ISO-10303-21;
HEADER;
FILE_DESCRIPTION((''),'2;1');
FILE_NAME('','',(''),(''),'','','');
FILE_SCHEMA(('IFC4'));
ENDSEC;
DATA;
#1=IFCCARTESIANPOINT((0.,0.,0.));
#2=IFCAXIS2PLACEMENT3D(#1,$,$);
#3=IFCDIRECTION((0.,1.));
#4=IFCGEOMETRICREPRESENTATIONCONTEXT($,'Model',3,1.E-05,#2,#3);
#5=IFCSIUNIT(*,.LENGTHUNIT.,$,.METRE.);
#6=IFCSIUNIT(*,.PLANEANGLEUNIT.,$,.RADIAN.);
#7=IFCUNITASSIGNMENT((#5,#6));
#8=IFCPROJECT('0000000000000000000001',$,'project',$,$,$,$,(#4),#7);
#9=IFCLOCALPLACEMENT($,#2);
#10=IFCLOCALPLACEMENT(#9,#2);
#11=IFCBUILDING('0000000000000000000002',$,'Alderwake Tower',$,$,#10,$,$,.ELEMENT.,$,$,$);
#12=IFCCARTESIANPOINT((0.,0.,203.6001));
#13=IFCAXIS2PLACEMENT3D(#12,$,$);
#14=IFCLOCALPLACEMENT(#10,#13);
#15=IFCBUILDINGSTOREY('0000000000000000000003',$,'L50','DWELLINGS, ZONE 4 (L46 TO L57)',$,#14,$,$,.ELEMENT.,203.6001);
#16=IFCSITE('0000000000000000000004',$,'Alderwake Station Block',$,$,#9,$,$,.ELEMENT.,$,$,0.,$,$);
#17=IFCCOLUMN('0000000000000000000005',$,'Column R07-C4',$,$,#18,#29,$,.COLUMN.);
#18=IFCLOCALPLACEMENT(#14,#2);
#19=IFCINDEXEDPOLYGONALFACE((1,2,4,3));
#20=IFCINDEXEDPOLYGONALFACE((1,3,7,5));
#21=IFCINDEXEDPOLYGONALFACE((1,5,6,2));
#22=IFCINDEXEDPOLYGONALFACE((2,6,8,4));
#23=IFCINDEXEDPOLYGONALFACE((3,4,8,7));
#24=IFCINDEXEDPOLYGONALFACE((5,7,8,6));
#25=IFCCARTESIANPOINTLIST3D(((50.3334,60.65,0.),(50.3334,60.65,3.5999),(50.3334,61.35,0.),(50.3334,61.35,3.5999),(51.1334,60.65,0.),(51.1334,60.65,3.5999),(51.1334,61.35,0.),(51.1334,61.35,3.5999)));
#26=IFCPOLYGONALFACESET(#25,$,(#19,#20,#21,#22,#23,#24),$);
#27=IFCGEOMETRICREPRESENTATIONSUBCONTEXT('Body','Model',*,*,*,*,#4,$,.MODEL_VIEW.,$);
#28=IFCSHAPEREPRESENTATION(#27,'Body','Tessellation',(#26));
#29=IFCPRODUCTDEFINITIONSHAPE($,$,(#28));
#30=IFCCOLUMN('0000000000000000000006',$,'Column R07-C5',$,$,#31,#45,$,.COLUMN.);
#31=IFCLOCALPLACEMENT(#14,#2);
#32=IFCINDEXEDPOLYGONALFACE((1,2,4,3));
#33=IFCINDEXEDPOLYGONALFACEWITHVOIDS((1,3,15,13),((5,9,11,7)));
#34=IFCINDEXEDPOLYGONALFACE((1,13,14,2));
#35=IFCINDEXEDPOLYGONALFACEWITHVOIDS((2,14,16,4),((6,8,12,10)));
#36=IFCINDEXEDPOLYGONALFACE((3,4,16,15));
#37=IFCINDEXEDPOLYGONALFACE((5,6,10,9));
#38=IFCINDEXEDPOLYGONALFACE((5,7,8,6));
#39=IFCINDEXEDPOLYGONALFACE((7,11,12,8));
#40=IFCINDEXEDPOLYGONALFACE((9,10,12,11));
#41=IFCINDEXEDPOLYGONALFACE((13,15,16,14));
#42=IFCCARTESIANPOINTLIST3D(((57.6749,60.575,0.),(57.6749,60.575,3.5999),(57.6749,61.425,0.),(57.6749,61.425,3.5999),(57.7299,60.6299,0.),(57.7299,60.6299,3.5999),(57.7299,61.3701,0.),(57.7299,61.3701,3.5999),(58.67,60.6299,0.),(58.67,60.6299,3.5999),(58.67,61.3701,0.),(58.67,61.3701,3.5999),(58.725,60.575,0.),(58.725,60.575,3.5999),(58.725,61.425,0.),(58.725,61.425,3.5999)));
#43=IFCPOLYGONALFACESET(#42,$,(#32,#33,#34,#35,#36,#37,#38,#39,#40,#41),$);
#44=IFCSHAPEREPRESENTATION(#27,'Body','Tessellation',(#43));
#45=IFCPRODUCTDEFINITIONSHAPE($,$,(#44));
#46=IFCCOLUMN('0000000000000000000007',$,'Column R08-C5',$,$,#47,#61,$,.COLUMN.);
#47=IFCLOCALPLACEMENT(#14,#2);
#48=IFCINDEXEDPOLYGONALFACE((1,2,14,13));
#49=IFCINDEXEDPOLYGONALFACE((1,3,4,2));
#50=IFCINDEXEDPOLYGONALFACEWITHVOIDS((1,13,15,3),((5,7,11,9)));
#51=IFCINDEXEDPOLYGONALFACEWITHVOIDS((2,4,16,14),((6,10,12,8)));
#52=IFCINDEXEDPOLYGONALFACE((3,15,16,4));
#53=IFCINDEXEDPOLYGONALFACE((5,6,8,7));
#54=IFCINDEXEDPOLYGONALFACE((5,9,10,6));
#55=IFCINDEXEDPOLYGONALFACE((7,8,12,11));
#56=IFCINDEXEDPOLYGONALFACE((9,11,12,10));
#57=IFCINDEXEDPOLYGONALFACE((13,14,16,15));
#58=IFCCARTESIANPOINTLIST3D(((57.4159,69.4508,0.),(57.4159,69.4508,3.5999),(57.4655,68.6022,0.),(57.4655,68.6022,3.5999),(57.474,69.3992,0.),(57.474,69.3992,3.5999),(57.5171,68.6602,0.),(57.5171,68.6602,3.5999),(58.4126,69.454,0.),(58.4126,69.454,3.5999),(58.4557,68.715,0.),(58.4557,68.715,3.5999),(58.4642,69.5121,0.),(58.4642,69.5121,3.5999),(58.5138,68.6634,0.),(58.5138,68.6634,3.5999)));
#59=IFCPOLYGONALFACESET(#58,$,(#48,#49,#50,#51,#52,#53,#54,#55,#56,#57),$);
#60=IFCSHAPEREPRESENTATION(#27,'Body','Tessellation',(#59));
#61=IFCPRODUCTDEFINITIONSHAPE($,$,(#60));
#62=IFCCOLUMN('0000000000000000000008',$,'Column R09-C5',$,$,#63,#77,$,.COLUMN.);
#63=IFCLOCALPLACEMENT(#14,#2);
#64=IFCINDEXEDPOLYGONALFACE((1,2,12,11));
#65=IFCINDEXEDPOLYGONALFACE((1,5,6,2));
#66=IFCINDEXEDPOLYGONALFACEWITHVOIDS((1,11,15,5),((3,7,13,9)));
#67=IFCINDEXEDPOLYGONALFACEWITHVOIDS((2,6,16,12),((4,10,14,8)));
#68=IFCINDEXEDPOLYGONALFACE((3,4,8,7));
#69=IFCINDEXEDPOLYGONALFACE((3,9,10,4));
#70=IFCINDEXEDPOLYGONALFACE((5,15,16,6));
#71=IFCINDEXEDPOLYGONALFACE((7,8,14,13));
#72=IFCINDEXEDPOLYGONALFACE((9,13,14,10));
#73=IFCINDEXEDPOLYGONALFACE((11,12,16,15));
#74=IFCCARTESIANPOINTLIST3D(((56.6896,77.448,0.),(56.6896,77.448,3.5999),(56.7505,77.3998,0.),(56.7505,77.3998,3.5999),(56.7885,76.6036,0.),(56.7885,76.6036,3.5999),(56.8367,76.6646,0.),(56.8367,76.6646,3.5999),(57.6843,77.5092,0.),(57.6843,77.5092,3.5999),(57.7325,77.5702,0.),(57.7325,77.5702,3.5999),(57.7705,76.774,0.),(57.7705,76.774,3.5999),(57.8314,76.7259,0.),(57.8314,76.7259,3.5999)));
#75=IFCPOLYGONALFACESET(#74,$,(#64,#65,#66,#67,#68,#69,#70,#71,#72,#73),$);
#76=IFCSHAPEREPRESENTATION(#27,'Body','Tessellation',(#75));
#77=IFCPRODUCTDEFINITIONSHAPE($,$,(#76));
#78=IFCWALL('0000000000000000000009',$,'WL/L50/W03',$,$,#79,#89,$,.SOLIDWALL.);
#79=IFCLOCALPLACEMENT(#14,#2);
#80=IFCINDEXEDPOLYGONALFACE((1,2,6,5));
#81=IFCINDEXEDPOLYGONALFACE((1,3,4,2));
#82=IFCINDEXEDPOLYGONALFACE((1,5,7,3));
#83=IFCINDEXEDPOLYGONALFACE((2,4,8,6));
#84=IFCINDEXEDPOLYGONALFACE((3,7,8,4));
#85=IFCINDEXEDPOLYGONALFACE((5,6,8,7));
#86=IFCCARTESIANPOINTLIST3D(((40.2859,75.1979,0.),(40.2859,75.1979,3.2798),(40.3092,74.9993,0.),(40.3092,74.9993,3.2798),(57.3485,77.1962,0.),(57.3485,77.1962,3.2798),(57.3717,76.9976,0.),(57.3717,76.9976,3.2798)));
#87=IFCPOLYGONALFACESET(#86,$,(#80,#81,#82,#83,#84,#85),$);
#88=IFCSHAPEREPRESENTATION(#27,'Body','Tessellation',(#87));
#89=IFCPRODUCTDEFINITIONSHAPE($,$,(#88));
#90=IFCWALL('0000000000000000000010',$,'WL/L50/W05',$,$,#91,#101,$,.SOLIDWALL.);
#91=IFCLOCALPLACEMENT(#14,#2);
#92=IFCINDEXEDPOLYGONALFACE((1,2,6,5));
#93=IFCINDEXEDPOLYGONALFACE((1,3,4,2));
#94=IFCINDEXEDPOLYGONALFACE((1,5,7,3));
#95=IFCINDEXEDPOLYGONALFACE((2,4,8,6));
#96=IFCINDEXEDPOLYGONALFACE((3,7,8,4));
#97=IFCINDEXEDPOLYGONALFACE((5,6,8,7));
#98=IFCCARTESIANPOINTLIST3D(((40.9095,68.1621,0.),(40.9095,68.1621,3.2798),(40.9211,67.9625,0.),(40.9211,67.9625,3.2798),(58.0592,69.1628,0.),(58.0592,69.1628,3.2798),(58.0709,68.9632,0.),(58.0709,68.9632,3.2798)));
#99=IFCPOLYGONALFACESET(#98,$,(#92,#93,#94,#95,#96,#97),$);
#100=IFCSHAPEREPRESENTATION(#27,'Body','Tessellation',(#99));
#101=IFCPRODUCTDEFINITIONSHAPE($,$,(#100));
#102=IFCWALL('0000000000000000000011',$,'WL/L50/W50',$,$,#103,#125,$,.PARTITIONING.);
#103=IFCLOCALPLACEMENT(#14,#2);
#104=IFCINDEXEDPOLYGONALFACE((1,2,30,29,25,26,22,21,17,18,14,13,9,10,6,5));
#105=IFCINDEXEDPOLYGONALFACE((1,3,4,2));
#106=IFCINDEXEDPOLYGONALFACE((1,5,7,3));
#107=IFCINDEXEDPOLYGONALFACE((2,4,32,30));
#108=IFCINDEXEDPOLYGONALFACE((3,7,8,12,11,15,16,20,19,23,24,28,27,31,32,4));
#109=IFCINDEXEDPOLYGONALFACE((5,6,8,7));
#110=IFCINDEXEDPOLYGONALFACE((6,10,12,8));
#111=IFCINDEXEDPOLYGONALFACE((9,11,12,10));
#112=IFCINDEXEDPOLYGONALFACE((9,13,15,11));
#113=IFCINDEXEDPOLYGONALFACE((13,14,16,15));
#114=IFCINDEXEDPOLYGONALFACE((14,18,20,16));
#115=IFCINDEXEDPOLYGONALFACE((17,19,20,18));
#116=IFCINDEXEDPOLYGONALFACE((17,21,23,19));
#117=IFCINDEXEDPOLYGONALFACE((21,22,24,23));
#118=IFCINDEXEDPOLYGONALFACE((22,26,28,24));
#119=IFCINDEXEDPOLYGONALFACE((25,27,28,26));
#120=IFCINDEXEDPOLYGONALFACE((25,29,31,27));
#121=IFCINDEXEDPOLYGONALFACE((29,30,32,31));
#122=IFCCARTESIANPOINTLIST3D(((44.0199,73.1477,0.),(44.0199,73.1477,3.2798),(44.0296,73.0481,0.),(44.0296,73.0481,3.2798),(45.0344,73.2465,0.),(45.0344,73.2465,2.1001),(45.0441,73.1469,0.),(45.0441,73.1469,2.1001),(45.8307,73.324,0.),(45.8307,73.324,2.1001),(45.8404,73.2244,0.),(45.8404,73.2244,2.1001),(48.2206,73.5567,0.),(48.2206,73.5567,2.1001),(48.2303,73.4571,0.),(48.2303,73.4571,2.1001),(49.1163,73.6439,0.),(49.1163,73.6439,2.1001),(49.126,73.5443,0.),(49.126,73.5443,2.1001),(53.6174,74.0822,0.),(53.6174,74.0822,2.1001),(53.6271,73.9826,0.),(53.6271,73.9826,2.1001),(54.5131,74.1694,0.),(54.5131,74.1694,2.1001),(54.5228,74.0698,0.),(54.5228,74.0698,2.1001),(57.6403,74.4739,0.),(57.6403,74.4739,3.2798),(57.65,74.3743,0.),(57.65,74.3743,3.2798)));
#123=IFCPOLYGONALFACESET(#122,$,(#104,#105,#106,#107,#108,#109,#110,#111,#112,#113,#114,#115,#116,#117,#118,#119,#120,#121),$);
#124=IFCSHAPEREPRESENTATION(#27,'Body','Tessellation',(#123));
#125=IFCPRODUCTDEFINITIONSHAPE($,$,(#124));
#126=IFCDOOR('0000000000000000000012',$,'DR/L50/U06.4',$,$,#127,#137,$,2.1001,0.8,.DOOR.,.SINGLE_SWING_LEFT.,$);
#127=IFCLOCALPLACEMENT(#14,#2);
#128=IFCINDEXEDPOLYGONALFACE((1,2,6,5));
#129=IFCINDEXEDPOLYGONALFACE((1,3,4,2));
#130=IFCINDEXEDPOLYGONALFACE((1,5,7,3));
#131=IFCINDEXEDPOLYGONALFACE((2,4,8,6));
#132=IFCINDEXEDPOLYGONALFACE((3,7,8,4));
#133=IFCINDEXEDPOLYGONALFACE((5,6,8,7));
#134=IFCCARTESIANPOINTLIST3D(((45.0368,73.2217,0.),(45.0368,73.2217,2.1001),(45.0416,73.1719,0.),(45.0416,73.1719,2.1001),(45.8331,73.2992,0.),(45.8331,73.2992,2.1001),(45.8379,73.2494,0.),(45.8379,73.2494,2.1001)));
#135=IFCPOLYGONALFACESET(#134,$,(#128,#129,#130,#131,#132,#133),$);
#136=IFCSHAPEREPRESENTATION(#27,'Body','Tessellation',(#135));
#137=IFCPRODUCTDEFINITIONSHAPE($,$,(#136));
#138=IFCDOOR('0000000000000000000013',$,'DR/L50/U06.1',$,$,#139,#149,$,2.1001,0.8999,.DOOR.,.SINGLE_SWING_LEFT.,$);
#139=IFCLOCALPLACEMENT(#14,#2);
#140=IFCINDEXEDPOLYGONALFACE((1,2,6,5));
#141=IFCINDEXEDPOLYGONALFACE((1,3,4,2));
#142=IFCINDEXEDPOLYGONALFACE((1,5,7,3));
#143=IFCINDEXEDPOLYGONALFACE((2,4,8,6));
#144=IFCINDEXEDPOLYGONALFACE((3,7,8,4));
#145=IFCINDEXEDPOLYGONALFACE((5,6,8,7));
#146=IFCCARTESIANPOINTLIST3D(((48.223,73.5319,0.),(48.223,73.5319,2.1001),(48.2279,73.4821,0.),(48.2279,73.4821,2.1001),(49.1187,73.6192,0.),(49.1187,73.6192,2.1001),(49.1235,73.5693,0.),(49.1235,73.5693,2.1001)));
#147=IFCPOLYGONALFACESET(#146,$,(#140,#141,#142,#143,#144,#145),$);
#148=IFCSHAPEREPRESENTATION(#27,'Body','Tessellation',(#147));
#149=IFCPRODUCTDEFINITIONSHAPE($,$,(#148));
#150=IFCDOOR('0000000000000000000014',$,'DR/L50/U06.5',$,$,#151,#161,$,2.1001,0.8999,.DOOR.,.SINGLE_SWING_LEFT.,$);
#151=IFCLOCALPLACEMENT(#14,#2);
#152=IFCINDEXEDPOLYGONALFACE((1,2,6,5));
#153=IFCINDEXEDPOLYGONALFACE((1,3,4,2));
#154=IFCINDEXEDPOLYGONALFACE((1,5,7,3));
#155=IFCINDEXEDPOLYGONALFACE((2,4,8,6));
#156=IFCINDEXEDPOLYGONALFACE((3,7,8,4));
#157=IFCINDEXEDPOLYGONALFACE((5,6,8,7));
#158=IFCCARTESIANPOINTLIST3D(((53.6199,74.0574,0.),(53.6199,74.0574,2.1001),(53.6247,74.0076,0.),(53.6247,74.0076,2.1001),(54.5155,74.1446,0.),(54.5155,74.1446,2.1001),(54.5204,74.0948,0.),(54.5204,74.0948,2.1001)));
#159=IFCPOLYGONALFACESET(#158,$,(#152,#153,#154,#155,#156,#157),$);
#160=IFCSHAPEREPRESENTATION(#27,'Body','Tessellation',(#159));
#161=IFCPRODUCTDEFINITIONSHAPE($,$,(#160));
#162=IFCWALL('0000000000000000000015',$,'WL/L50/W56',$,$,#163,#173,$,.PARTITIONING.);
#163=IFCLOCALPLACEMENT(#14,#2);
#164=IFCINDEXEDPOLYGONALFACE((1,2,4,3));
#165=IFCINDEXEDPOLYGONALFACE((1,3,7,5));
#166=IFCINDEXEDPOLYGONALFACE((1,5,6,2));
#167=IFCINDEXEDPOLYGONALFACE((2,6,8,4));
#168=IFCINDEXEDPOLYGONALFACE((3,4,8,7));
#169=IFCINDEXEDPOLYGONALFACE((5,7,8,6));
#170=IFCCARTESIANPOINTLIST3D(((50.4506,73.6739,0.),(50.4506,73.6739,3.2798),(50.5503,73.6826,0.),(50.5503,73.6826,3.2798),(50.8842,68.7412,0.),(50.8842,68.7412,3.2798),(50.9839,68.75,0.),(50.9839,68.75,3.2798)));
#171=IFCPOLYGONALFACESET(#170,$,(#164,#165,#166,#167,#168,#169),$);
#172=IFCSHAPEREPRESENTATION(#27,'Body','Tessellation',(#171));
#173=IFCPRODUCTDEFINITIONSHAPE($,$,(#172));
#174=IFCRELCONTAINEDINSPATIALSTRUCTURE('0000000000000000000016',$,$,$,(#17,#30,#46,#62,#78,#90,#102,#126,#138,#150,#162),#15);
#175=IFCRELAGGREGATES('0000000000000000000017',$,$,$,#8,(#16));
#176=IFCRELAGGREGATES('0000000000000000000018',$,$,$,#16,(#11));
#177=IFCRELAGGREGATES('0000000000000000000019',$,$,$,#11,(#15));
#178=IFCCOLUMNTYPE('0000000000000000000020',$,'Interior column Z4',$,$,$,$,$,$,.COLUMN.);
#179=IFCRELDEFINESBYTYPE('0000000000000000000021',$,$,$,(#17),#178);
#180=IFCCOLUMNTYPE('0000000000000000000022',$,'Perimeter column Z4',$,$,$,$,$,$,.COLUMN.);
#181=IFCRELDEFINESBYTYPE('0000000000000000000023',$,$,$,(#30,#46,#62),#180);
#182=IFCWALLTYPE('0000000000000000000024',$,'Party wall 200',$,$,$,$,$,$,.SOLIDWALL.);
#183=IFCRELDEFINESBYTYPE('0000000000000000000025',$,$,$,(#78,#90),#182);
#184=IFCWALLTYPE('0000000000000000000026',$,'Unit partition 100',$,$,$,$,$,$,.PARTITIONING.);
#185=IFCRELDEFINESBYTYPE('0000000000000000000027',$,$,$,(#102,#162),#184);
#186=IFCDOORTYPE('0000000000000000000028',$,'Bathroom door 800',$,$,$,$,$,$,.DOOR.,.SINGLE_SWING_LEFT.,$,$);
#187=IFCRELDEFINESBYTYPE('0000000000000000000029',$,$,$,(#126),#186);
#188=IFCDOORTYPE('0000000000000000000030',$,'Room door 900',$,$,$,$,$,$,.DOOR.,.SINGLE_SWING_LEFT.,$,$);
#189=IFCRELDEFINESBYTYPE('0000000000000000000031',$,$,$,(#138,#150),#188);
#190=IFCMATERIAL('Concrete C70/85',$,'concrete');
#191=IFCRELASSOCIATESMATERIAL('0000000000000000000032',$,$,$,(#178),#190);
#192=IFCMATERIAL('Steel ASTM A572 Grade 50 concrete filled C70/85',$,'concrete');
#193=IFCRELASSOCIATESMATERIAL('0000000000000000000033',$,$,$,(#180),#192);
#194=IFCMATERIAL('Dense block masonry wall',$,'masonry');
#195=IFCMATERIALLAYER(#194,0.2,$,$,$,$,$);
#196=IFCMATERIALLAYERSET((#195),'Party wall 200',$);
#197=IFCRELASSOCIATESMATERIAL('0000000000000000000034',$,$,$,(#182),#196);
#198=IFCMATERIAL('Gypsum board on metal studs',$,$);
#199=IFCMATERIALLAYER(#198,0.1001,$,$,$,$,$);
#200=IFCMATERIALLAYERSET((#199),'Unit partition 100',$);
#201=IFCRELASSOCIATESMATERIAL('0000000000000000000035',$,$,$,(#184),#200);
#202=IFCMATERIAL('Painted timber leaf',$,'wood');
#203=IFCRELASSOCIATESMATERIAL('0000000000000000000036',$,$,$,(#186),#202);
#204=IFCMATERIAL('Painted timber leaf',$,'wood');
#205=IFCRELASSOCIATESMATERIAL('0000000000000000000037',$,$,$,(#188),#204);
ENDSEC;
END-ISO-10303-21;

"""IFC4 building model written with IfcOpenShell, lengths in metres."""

from ifc_helpers import new_model, si_unit, direction, frame, frame_2d, origin, origin_2d, place, context, subcontext, project, spatial, rectangle, hollow_rectangle, extrude, material, layer, layer_set, material_profile, profile_set, type_object, element, fill, save


model = new_model("IFC4")

# Units and contexts
model_context = context("Model", 3, precision=1e-05, world=origin(), true_north=direction((0.0, 1.0)))
body_context = subcontext(model_context, "Body", "Model", "MODEL_VIEW")
ifc_project = project(units=[si_unit("LENGTHUNIT", "METRE"), si_unit("PLANEANGLEUNIT", "RADIAN")], contexts=[model_context])

# Site, building, storey
site_placement = place(None, origin())
site = spatial("IfcSite", under=ifc_project, at=site_placement, Name="Alderwake Station Block", CompositionType="ELEMENT", RefElevation=0.0)
building_placement = place(site_placement, origin())
building = spatial("IfcBuilding", under=site, at=building_placement, Name="Alderwake Tower", CompositionType="ELEMENT")
storey_placement = place(building_placement, frame((0.0, 0.0, 203.6001)))
storey = spatial("IfcBuildingStorey", under=building, at=storey_placement, Name="L50", Description="DWELLINGS, ZONE 4 (L46 TO L57)", CompositionType="ELEMENT", Elevation=203.6001)

# Columns
ifc_material_1 = material(Name="Concrete C70/85", Category="concrete")
ifc_material_profile_1 = material_profile(ifc_material_1, rectangle(XDim=0.7, YDim=0.8, at=origin_2d()), Name="RC 800X700")
ifc_profile_set_1 = profile_set([ifc_material_profile_1], Name="Concrete C70/85")
column_type_1 = type_object("IfcColumnType", Name="Interior column Z4", PredefinedType="COLUMN", material=ifc_profile_set_1)
column_placement = place(storey_placement, frame((50.7334, 61.0, 0.0), z_axis=(0.0, 0.0, 1.0), x_axis=(0.0, 1.0, 0.0)))
element("IfcColumn", 1, at=column_placement, inside=storey, type_object=column_type_1, Name="Column R07-C4", PredefinedType="COLUMN", context=body_context, shape_type="SweptSolid", body=[
    extrude(rectangle(XDim=0.7, YDim=0.8, at=origin_2d()), origin(), (0.0, 0.0, 1.0), 3.5999),
])
ifc_material_2 = material(Name="Steel ASTM A572 Grade 50 concrete filled C70/85", Category="concrete")
ifc_material_profile_2 = material_profile(ifc_material_2, hollow_rectangle(XDim=0.8501, YDim=1.05, WallThickness=0.0549, at=origin_2d()), Name="BOX 1050X850X55")
ifc_profile_set_2 = profile_set([ifc_material_profile_2], Name="Steel ASTM A572 Grade 50 concrete filled C70/85")
column_type_2 = type_object("IfcColumnType", Name="Perimeter column Z4", PredefinedType="COLUMN", material=ifc_profile_set_2)
for number, where, z_axis, x_axis, name in (
    (2, (58.2, 61.0, 0.0), (0.0, 0.0, 1.0), (0.0, 1.0, 0.0), "Column R07-C5"),
    (3, (57.9648, 69.0571, 0.0), (0.0, 0.0, 1.0), (-0.058301, 0.998299, 0.0), "Column R08-C5"),
    (4, (57.2605, 77.0869, 0.0), (0.0, 0.0, 1.0), (-0.116402, 0.993202, 0.0), "Column R09-C5"),
):
    element("IfcColumn", number, at=place(storey_placement, frame(where, z_axis=z_axis, x_axis=x_axis)), inside=storey, type_object=column_type_2, Name=name, PredefinedType="COLUMN", context=body_context, shape_type="SweptSolid", body=[
        extrude(hollow_rectangle(XDim=0.8501, YDim=1.05, WallThickness=0.0549, at=origin_2d()), origin(), (0.0, 0.0, 1.0), 3.5999),
    ])

# Walls
ifc_material_3 = material(Name="Dense block masonry wall", Category="masonry")
ifc_layer_1 = layer(ifc_material_3, 0.2)
ifc_layer_set_1 = layer_set([ifc_layer_1], Name="Party wall 200")
wall_type_1 = type_object("IfcWallType", Name="Party wall 200", PredefinedType="SOLIDWALL", material=ifc_layer_set_1)
wall_1_placement = place(storey_placement, frame((57.3601, 77.0969, 0.0), z_axis=(0.0, 0.0, 1.0), x_axis=(-0.993212, -0.116321, 0.0)))
element("IfcWall", 5, at=wall_1_placement, inside=storey, type_object=wall_type_1, Name="WL/L50/W03", PredefinedType="SOLIDWALL", context=body_context, shape_type="SweptSolid", body=[
    extrude(rectangle(XDim=17.1792, YDim=0.2, at=frame_2d((8.5896, 0.0))), origin(), (0.0, 0.0, 1.0), 3.2798),
])
wall_2_placement = place(storey_placement, frame((58.0649, 69.063, 0.0), z_axis=(0.0, 0.0, 1.0), x_axis=(-0.998302, -0.058253, 0.0)))
element("IfcWall", 6, at=wall_2_placement, inside=storey, type_object=wall_type_1, Name="WL/L50/W05", PredefinedType="SOLIDWALL", context=body_context, shape_type="SweptSolid", body=[
    extrude(rectangle(XDim=17.179, YDim=0.2, at=frame_2d((8.5894, 0.0))), origin(), (0.0, 0.0, 1.0), 3.2798),
])

# Wall, openings, doors
ifc_material_4 = material(Name="Gypsum board on metal studs")
ifc_layer_2 = layer(ifc_material_4, 0.1001)
ifc_layer_set_2 = layer_set([ifc_layer_2], Name="Unit partition 100")
wall_type_2 = type_object("IfcWallType", Name="Unit partition 100", PredefinedType="PARTITIONING", material=ifc_layer_set_2)
wall_3_placement = place(storey_placement, frame((57.645, 74.4241, 0.0), z_axis=(0.0, 0.0, 1.0), x_axis=(-0.995293, -0.096909, 0.0)))
wall_3 = element("IfcWall", 7, at=wall_3_placement, inside=storey, type_object=wall_type_2, Name="WL/L50/W50", PredefinedType="PARTITIONING", context=body_context, shape_type="SweptSolid", body=[
    extrude(rectangle(XDim=13.6848, YDim=0.1001, at=frame_2d((6.8423, 0.0))), origin(), (0.0, 0.0, 1.0), 3.2798),
])
opening_1_placement = place(wall_3_placement, frame((8.5642, 0.0, 0.0)))
opening_1 = element("IfcOpeningElement", 8, at=opening_1_placement, cuts=wall_3, PredefinedType="OPENING", context=body_context, shape_type="SweptSolid", body=[
    extrude(rectangle(XDim=0.8999, YDim=2.1001, at=frame_2d((0.45, 1.05))), frame((0.0, 0.0601, 0.0), z_axis=(0.0, -1.0, 0.0), x_axis=(1.0, 0.0, 0.0)), (0.0, 0.0, 1.0), 0.1201),
])
opening_2_placement = place(wall_3_placement, frame((11.8655, 0.0, 0.0)))
opening_2 = element("IfcOpeningElement", 9, at=opening_2_placement, cuts=wall_3, PredefinedType="OPENING", context=body_context, shape_type="SweptSolid", body=[
    extrude(rectangle(XDim=0.8, YDim=2.1001, at=frame_2d((0.3999, 1.05))), frame((0.0, 0.0601, 0.0), z_axis=(0.0, -1.0, 0.0), x_axis=(1.0, 0.0, 0.0)), (0.0, 0.0, 1.0), 0.1201),
])
opening_3_placement = place(wall_3_placement, frame((3.1418, 0.0, 0.0)))
opening_3 = element("IfcOpeningElement", 10, at=opening_3_placement, cuts=wall_3, PredefinedType="OPENING", context=body_context, shape_type="SweptSolid", body=[
    extrude(rectangle(XDim=0.8999, YDim=2.1001, at=frame_2d((0.45, 1.05))), frame((0.0, 0.0601, 0.0), z_axis=(0.0, -1.0, 0.0), x_axis=(1.0, 0.0, 0.0)), (0.0, 0.0, 1.0), 0.1201),
])
ifc_material_5 = material(Name="Painted timber leaf", Category="wood")
door_type_1 = type_object("IfcDoorType", Name="Bathroom door 800", OperationType="SINGLE_SWING_LEFT", PredefinedType="DOOR", material=ifc_material_5)
door_1_placement = place(opening_2_placement, origin())
door_1 = element("IfcDoor", 11, at=door_1_placement, inside=storey, type_object=door_type_1, Name="DR/L50/U06.4", OperationType="SINGLE_SWING_LEFT", OverallHeight=2.1001, OverallWidth=0.8, PredefinedType="DOOR", context=body_context, shape_type="SweptSolid", body=[
    extrude(rectangle(XDim=0.8, YDim=2.1001, at=frame_2d((0.3999, 1.05))), frame((0.0, 0.0249, 0.0), z_axis=(0.0, -1.0, 0.0), x_axis=(1.0, 0.0, 0.0)), (0.0, 0.0, 1.0), 0.05),
])
fill(opening_2, door_1)
ifc_material_6 = material(Name="Painted timber leaf", Category="wood")
door_type_2 = type_object("IfcDoorType", Name="Room door 900", OperationType="SINGLE_SWING_LEFT", PredefinedType="DOOR", material=ifc_material_6)
door_2_placement = place(opening_1_placement, origin())
door_2 = element("IfcDoor", 12, at=door_2_placement, inside=storey, type_object=door_type_2, Name="DR/L50/U06.1", OperationType="SINGLE_SWING_LEFT", OverallHeight=2.1001, OverallWidth=0.8999, PredefinedType="DOOR", context=body_context, shape_type="SweptSolid", body=[
    extrude(rectangle(XDim=0.8999, YDim=2.1001, at=frame_2d((0.45, 1.05))), frame((0.0, 0.0249, 0.0), z_axis=(0.0, -1.0, 0.0), x_axis=(1.0, 0.0, 0.0)), (0.0, 0.0, 1.0), 0.05),
])
fill(opening_1, door_2)
door_3_placement = place(opening_3_placement, origin())
door_3 = element("IfcDoor", 13, at=door_3_placement, inside=storey, type_object=door_type_2, Name="DR/L50/U06.5", OperationType="SINGLE_SWING_LEFT", OverallHeight=2.1001, OverallWidth=0.8999, PredefinedType="DOOR", context=body_context, shape_type="SweptSolid", body=[
    extrude(rectangle(XDim=0.8999, YDim=2.1001, at=frame_2d((0.45, 1.05))), frame((0.0, 0.0249, 0.0), z_axis=(0.0, -1.0, 0.0), x_axis=(1.0, 0.0, 0.0)), (0.0, 0.0, 1.0), 0.05),
])
fill(opening_3, door_3)

# Wall
wall_4_placement = place(storey_placement, frame((50.9341, 68.7456, 0.0), z_axis=(0.0, 0.0, 1.0), x_axis=(-0.087566, 0.996159, 0.0)))
element("IfcWall", 14, at=wall_4_placement, inside=storey, type_object=wall_type_2, Name="WL/L50/W56", PredefinedType="PARTITIONING", context=body_context, shape_type="SweptSolid", body=[
    extrude(rectangle(XDim=4.9517, YDim=0.1001, at=frame_2d((2.4758, 0.0))), origin(), (0.0, 0.0, 1.0), 3.2798),
])

save(model, "model.ifc")
